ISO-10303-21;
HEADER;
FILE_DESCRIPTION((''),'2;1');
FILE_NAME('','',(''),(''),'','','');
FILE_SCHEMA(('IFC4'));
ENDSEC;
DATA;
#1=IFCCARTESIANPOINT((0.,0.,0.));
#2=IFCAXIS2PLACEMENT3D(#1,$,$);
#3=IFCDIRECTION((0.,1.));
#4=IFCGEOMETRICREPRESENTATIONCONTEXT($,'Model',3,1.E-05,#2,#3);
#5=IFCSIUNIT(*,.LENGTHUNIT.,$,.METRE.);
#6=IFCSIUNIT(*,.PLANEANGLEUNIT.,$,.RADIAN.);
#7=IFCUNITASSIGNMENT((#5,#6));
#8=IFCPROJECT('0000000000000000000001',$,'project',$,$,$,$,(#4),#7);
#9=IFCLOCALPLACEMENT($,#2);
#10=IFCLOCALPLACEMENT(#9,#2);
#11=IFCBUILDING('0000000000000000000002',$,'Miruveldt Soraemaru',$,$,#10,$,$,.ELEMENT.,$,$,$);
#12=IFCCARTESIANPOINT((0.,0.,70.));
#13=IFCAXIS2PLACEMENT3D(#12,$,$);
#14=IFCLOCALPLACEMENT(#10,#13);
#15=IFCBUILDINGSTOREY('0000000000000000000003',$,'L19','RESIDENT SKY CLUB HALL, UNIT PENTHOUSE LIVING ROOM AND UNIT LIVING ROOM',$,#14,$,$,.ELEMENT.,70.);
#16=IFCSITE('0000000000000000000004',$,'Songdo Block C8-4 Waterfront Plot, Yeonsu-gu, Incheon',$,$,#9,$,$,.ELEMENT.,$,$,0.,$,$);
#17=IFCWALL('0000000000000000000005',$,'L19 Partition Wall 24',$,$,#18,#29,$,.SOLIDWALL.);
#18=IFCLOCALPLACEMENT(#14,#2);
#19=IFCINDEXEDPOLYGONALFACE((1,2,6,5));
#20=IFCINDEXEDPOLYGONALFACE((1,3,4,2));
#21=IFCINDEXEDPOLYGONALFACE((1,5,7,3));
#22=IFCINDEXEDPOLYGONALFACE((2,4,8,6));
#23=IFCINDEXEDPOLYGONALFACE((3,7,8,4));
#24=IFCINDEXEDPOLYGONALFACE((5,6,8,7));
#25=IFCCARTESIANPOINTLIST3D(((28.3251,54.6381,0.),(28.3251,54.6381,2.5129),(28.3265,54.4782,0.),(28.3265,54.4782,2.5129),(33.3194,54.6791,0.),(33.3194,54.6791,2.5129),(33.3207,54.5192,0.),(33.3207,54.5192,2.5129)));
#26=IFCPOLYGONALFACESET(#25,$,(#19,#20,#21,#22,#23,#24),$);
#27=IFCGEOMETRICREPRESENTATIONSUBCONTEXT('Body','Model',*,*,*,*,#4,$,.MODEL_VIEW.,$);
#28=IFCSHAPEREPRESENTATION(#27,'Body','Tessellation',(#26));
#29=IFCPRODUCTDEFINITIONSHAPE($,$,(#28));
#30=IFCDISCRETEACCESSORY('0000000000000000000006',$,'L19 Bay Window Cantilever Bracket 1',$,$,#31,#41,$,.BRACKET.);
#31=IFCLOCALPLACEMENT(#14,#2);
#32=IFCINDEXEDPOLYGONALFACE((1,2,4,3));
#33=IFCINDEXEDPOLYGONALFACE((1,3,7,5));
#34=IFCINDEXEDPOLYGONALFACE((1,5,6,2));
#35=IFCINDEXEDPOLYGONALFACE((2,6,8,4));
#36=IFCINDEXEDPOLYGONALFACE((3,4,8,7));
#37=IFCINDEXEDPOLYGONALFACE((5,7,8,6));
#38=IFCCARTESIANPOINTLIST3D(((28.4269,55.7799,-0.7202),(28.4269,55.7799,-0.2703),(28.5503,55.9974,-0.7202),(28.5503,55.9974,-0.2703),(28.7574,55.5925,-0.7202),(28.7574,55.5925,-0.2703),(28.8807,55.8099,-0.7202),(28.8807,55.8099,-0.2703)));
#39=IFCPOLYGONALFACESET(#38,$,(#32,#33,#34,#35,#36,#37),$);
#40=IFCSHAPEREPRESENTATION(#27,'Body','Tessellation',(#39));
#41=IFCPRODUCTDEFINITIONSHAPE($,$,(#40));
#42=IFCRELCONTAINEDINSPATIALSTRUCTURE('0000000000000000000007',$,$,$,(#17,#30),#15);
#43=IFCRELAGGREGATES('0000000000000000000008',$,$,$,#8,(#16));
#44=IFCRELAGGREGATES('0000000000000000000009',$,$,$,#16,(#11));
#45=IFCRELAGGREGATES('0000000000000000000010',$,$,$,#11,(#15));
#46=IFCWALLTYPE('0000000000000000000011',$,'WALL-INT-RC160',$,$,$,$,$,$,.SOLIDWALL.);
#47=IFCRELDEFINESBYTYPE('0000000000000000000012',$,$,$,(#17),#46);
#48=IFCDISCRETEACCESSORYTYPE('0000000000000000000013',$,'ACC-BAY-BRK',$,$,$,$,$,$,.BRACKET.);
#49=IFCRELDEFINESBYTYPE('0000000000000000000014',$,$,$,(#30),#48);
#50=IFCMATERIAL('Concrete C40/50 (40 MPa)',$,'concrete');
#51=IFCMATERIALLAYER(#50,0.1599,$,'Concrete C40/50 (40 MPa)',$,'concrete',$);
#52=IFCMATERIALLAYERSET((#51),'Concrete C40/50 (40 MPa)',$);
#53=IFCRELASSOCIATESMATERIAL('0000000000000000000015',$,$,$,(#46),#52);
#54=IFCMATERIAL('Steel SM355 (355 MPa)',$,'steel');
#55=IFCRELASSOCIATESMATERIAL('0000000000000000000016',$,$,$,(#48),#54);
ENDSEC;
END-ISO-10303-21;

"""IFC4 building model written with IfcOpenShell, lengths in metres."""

from ifc_helpers import new_model, si_unit, direction, frame, frame_2d, origin, origin_2d, place, context, subcontext, project, spatial, rectangle, extrude, material, layer, layer_set, type_object, element, save


model = new_model("IFC4")

# Units and contexts
model_context = context("Model", 3, precision=1e-05, world=origin(), true_north=direction((0.0, 1.0)))
body_context = subcontext(model_context, "Body", "Model", "MODEL_VIEW")
ifc_project = project(units=[si_unit("LENGTHUNIT", "METRE"), si_unit("PLANEANGLEUNIT", "RADIAN")], contexts=[model_context])

# Site, building, storey
site_placement = place(None, origin())
site = spatial("IfcSite", under=ifc_project, at=site_placement, Name="Songdo Block C8-4 Waterfront Plot, Yeonsu-gu, Incheon", CompositionType="ELEMENT", RefElevation=0.0)
building_placement = place(site_placement, origin())
building = spatial("IfcBuilding", under=site, at=building_placement, Name="Miruveldt Soraemaru", CompositionType="ELEMENT")
storey_placement = place(building_placement, frame((0.0, 0.0, 70.0)))
storey = spatial("IfcBuildingStorey", under=building, at=storey_placement, Name="L19", Description="RESIDENT SKY CLUB HALL, UNIT PENTHOUSE LIVING ROOM AND UNIT LIVING ROOM", CompositionType="ELEMENT", Elevation=70.0)

# Shared definitions
ifc_material_1 = material(Name="Steel SM355 (355 MPa)", Category="steel")

# Shared definitions
ifc_material_2 = material(Name="Concrete C40/50 (40 MPa)", Category="concrete")
ifc_layer_1 = layer(ifc_material_2, 0.1599, Name="Concrete C40/50 (40 MPa)", Category="concrete")
ifc_layer_set_1 = layer_set([ifc_layer_1], Name="Concrete C40/50 (40 MPa)")
wall_type_1 = type_object("IfcWallType", Name="WALL-INT-RC160", PredefinedType="SOLIDWALL", material=ifc_layer_set_1)

# Wall
wall_1_placement = place(storey_placement, frame((28.3259, 54.5581, 0.0), z_axis=(0.0, 0.0, 1.0), x_axis=(0.999966, 0.008212, 0.0)))
element("IfcWall", 1, at=wall_1_placement, inside=storey, type_object=wall_type_1, Name="L19 Partition Wall 24", PredefinedType="SOLIDWALL", context=body_context, shape_type="SweptSolid", body=[
    extrude(rectangle(XDim=4.9944, YDim=0.1599, at=frame_2d((2.4971, 0.0))), origin(), (0.0, 0.0, 1.0), 2.5129),
])

# Discrete accessory
discrete_accessory_type = type_object("IfcDiscreteAccessoryType", Name="ACC-BAY-BRK", PredefinedType="BRACKET", material=ifc_material_1)
discrete_accessory_placement = place(storey_placement, frame((28.6538, 55.7949, -0.7202), z_axis=(0.0, 0.0, 1.0), x_axis=(-0.869831, 0.49335, 0.0)))
element("IfcDiscreteAccessory", 2, at=discrete_accessory_placement, inside=storey, type_object=discrete_accessory_type, Name="L19 Bay Window Cantilever Bracket 1", PredefinedType="BRACKET", context=body_context, shape_type="SweptSolid", body=[
    extrude(rectangle(XDim=0.3799, YDim=0.25, at=origin_2d()), origin(), (0.0, 0.0, 1.0), 0.45),
])

save(model, "model.ifc")
